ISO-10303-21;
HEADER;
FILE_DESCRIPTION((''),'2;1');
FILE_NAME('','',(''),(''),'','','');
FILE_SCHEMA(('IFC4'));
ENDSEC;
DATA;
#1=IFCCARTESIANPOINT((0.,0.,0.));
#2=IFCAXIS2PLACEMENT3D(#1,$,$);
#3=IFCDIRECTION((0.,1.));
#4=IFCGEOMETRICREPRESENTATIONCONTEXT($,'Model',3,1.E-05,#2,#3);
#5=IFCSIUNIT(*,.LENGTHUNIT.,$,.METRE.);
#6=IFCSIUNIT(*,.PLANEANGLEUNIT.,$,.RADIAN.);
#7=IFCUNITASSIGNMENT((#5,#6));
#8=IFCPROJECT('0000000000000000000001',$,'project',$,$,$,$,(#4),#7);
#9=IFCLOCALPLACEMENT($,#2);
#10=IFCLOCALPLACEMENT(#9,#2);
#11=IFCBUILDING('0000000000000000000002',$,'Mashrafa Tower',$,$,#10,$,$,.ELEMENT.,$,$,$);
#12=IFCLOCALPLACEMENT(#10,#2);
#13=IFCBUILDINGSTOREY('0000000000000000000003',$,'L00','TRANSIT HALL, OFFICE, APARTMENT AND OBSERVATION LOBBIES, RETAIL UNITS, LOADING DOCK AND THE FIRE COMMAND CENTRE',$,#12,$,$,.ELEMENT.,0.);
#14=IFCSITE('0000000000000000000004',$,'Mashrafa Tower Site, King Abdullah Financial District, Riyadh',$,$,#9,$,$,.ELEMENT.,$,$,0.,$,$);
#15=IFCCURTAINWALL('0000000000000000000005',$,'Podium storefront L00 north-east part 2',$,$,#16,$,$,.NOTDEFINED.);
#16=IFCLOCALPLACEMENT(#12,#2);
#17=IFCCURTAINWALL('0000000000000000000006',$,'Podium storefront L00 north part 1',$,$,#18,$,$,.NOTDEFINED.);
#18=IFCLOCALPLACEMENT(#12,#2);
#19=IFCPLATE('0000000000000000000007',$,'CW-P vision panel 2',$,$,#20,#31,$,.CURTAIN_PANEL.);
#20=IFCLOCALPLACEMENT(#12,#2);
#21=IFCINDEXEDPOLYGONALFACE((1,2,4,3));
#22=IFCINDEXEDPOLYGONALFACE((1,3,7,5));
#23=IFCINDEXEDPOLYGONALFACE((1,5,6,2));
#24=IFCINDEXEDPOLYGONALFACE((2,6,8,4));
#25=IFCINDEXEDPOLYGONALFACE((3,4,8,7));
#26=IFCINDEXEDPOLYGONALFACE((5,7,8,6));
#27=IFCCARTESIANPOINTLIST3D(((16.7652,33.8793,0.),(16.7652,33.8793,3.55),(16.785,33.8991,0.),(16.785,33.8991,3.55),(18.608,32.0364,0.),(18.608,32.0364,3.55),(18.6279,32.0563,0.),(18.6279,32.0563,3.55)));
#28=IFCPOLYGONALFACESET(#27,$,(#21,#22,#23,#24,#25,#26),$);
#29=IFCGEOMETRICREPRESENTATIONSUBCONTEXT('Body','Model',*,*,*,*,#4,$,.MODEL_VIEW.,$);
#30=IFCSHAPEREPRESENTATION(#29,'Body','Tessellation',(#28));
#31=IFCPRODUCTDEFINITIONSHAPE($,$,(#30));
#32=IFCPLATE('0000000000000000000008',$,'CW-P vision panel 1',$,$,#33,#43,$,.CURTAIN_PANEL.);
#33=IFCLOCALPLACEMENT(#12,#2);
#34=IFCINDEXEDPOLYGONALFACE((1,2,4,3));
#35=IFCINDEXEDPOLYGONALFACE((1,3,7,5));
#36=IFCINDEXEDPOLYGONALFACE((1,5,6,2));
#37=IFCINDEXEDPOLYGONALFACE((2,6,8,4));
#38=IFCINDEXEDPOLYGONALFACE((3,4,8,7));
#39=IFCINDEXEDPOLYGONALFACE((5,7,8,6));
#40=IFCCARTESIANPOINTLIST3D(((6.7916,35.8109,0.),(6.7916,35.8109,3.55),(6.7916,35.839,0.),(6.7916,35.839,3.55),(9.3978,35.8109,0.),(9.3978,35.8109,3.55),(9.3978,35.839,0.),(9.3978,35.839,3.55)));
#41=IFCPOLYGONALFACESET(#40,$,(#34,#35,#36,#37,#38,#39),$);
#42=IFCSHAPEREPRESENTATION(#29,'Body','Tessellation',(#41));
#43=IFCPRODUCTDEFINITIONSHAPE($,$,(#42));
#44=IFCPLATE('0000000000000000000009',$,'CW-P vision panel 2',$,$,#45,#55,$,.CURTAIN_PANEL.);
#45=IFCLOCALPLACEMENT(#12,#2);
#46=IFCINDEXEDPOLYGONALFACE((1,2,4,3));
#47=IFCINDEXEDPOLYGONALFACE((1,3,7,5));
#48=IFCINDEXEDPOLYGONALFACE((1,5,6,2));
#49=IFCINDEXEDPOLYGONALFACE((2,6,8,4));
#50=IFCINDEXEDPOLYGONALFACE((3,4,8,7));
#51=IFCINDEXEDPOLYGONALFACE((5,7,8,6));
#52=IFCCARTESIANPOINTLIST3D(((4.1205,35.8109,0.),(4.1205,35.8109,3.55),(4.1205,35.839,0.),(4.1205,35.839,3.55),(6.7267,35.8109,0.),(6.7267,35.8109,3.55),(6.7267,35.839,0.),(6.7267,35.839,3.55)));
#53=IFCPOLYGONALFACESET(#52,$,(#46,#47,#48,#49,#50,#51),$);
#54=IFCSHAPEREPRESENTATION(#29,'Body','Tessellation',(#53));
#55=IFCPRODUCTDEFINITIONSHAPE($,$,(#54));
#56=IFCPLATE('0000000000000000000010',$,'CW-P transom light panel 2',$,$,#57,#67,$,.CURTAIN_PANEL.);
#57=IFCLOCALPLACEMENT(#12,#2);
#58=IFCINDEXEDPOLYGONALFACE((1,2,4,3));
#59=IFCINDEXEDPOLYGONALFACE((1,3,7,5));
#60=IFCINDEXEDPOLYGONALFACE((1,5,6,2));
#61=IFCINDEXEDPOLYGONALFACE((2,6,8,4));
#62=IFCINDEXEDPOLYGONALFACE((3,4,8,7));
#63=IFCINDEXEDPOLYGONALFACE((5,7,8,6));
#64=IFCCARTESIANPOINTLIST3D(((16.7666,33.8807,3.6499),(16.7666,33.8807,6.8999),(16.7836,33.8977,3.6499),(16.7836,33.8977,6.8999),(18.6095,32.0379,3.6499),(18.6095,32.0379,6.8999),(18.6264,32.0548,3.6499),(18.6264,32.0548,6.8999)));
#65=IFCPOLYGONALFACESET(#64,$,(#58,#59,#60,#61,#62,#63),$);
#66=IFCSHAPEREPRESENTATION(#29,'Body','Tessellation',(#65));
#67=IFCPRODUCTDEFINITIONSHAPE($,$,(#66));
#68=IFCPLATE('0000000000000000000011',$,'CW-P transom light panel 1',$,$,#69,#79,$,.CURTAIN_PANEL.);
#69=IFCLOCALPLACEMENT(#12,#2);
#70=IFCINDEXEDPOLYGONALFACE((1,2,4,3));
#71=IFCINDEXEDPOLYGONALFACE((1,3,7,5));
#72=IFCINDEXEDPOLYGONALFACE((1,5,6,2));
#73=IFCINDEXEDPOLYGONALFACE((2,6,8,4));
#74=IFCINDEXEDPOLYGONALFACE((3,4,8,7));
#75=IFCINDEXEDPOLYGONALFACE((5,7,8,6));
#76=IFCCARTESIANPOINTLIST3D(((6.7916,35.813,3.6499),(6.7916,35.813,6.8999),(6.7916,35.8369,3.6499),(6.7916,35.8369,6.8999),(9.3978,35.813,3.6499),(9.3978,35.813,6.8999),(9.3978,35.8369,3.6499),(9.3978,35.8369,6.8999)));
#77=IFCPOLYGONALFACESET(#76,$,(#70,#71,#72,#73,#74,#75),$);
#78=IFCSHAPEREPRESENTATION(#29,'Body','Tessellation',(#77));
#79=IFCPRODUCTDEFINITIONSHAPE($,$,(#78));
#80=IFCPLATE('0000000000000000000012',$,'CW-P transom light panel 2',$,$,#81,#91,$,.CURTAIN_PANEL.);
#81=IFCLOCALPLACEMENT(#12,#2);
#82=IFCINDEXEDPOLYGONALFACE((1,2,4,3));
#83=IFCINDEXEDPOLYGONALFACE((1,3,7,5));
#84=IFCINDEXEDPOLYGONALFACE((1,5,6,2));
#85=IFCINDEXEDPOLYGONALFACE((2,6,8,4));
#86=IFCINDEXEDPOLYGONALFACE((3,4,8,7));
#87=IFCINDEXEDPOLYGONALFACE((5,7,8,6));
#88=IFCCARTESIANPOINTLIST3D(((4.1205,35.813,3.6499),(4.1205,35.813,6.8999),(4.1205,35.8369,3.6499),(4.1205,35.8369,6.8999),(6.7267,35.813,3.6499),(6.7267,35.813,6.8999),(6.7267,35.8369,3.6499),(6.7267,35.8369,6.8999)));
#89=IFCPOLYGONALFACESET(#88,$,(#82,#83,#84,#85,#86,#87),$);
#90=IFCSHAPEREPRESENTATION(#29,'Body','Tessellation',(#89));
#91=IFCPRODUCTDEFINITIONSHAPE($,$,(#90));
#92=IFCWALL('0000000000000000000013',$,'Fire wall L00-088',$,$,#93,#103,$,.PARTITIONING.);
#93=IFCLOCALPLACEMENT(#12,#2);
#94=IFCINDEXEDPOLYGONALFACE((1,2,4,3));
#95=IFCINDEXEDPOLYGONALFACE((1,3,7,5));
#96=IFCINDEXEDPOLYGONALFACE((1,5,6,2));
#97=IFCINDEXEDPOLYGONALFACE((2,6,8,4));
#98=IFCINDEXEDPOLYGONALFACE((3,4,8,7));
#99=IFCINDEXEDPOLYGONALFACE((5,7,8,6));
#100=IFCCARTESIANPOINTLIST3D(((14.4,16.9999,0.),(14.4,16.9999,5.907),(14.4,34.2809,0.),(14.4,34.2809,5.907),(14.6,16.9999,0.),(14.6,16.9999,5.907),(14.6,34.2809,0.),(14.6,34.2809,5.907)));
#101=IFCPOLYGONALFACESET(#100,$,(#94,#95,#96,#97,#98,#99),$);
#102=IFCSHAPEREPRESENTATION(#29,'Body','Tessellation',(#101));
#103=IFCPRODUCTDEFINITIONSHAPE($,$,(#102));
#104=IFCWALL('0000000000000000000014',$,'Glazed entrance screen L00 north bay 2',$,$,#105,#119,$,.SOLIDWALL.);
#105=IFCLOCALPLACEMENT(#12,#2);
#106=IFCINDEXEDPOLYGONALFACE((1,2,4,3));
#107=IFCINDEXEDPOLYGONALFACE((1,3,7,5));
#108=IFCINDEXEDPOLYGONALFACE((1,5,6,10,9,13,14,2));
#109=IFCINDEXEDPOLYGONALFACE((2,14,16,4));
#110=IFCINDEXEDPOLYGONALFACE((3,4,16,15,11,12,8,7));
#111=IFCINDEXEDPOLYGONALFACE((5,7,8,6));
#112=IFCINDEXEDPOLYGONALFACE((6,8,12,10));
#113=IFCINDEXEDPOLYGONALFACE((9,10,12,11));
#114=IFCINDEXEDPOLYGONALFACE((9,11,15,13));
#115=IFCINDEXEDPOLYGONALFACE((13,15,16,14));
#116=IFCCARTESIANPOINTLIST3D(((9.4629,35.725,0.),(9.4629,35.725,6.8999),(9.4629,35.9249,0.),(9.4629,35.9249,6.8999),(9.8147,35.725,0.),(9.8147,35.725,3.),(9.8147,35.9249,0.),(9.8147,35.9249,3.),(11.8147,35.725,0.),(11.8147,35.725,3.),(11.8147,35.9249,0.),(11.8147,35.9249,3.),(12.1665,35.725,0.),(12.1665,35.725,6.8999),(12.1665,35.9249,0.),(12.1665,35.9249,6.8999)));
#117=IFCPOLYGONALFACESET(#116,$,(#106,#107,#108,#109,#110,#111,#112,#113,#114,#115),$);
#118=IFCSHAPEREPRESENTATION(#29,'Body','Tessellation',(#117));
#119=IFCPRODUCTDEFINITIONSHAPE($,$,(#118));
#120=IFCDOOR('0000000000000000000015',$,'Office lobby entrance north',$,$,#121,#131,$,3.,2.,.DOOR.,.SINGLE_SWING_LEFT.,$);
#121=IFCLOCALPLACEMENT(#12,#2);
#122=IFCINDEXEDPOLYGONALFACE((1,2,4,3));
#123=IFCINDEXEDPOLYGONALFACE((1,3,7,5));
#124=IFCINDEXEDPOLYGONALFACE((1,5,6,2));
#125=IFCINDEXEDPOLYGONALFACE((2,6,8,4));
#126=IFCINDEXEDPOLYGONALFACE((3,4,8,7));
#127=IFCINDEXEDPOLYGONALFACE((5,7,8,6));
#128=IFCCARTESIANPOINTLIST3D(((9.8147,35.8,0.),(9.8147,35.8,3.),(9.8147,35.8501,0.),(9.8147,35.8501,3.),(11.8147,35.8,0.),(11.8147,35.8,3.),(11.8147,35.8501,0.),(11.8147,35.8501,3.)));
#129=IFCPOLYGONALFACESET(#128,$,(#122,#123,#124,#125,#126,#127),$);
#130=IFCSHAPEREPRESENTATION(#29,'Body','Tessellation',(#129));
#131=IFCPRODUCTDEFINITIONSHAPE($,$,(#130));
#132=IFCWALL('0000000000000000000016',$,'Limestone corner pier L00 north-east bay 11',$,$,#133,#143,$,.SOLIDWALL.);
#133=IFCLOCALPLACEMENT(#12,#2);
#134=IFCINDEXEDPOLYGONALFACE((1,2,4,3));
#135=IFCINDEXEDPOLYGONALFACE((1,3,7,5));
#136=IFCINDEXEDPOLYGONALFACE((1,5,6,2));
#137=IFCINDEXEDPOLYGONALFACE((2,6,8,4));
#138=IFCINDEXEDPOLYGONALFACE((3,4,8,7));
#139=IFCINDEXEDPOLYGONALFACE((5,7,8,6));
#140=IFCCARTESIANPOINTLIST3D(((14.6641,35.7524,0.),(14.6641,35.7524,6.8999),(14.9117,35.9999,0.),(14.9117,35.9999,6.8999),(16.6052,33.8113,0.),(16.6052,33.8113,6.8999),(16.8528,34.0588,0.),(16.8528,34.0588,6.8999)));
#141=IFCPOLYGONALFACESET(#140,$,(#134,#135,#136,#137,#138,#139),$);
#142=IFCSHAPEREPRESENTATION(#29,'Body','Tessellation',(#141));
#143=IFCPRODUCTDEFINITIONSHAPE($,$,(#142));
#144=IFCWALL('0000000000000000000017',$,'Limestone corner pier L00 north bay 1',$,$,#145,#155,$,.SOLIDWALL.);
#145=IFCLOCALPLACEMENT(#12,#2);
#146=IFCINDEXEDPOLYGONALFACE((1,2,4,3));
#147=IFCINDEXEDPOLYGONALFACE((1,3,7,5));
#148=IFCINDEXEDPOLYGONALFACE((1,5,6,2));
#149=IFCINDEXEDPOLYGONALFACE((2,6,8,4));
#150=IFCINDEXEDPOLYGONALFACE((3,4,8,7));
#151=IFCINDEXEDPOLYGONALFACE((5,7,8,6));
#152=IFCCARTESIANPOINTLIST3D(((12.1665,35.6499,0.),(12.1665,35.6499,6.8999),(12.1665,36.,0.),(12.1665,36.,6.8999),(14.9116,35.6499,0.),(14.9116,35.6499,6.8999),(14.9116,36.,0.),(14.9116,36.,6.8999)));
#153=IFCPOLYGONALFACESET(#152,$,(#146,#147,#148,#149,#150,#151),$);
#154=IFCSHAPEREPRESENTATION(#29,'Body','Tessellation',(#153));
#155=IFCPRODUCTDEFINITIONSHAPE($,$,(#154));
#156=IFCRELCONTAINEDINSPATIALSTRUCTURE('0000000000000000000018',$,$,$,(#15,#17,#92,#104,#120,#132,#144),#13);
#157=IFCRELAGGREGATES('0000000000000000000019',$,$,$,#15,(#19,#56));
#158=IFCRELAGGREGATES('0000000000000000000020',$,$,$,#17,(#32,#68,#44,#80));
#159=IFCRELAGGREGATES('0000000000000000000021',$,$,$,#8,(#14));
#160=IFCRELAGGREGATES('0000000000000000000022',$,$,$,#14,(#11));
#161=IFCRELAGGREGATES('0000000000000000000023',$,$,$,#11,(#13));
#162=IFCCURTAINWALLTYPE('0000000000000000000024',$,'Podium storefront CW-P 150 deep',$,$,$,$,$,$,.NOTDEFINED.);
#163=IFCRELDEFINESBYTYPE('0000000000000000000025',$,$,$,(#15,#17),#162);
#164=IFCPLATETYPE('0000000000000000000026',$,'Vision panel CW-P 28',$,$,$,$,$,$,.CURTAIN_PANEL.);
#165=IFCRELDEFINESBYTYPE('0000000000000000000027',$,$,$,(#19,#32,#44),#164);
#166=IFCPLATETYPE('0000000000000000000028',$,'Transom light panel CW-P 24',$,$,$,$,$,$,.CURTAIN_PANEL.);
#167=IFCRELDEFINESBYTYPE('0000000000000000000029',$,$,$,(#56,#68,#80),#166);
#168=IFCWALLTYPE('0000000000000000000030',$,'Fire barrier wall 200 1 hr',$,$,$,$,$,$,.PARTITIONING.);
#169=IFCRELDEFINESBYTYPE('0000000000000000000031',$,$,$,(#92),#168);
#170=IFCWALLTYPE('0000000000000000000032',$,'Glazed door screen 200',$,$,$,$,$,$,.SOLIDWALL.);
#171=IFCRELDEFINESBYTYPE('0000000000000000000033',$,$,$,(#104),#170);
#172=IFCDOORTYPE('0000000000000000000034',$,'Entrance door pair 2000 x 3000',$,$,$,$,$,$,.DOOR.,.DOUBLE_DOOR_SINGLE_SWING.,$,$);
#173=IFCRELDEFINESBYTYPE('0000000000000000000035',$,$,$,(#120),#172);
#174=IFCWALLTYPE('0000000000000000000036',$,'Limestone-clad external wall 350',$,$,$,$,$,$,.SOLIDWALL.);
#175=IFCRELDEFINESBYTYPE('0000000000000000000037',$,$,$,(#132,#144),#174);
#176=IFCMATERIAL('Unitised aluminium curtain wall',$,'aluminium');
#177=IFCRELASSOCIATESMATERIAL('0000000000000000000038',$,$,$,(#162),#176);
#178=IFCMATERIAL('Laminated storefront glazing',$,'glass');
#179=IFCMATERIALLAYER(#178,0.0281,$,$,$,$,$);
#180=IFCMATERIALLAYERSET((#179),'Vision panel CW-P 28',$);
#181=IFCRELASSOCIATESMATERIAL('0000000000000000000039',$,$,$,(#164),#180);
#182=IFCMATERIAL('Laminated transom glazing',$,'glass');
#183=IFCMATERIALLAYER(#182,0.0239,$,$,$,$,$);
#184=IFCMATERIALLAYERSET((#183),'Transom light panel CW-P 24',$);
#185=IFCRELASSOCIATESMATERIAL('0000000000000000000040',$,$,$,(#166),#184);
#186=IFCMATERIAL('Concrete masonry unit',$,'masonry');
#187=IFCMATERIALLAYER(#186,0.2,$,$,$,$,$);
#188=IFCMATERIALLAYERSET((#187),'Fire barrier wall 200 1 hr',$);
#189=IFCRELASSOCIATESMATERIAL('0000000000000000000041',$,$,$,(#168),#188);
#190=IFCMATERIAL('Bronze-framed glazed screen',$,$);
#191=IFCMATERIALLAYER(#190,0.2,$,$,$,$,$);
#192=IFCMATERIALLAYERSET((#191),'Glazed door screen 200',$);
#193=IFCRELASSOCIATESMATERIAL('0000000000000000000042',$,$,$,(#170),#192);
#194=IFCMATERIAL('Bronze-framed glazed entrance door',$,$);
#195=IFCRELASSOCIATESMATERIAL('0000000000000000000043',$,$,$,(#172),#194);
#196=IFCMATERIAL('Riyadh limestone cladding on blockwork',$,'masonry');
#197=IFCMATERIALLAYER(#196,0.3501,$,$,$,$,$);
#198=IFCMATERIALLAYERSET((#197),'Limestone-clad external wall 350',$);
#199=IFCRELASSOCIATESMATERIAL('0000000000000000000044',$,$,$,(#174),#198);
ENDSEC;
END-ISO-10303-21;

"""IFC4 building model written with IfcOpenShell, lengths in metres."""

from ifc_helpers import new_model, si_unit, direction, frame, frame_2d, origin, origin_2d, place, context, subcontext, project, spatial, rectangle, extrude, source, transform, mapped, material, layer, layer_set, type_object, type_shapes, element, fill, aggregate, save


model = new_model("IFC4")

# Units and contexts
model_context = context("Model", 3, precision=1e-05, world=origin(), true_north=direction((0.0, 1.0)))
body_context = subcontext(model_context, "Body", "Model", "MODEL_VIEW")
ifc_project = project(units=[si_unit("LENGTHUNIT", "METRE"), si_unit("PLANEANGLEUNIT", "RADIAN")], contexts=[model_context])

# Site, building, storey
site_placement = place(None, origin())
site = spatial("IfcSite", under=ifc_project, at=site_placement, Name="Mashrafa Tower Site, King Abdullah Financial District, Riyadh", CompositionType="ELEMENT", RefElevation=0.0)
building_placement = place(site_placement, origin())
building = spatial("IfcBuilding", under=site, at=building_placement, Name="Mashrafa Tower", CompositionType="ELEMENT")
storey_placement = place(building_placement, origin())
storey = spatial("IfcBuildingStorey", under=building, at=storey_placement, Name="L00", Description="TRANSIT HALL, OFFICE, APARTMENT AND OBSERVATION LOBBIES, RETAIL UNITS, LOADING DOCK AND THE FIRE COMMAND CENTRE", CompositionType="ELEMENT", Elevation=0.0)

# Curtain walls
ifc_material_1 = material(Name="Unitised aluminium curtain wall", Category="aluminium")
curtain_wall_type = type_object("IfcCurtainWallType", Name="Podium storefront CW-P 150 deep", PredefinedType="NOTDEFINED", material=ifc_material_1)
curtain_wall_1_placement = place(storey_placement, origin())
curtain_wall_1 = element("IfcCurtainWall", 1, at=curtain_wall_1_placement, inside=storey, type_object=curtain_wall_type, Name="Podium storefront L00 north-east part 2", PredefinedType="NOTDEFINED")
curtain_wall_2_placement = place(storey_placement, origin())
curtain_wall_2 = element("IfcCurtainWall", 2, at=curtain_wall_2_placement, inside=storey, type_object=curtain_wall_type, Name="Podium storefront L00 north part 1", PredefinedType="NOTDEFINED")

# Plates
ifc_material_2 = material(Name="Laminated storefront glazing", Category="glass")
ifc_layer_1 = layer(ifc_material_2, 0.0281)
ifc_layer_set_1 = layer_set([ifc_layer_1], Name="Vision panel CW-P 28")
plate_type_1 = type_object("IfcPlateType", Name="Vision panel CW-P 28", PredefinedType="CURTAIN_PANEL", material=ifc_layer_set_1)
shared_shape_1 = source(origin(), body_context, "Body", "SweptSolid", [
    extrude(rectangle(XDim=2.6062, YDim=0.0281, at=origin_2d()), origin(), (0.0, 0.0, 1.0), 3.55),
])
type_shapes(plate_type_1, [shared_shape_1])
plate_1_placement = place(storey_placement, frame((17.6965, 32.9678, 0.0), z_axis=(0.0, 0.0, 1.0), x_axis=(-0.707107, 0.707107, 0.0)))
plate_1 = element("IfcPlate", 3, at=plate_1_placement, type_object=plate_type_1, Name="CW-P vision panel 2", PredefinedType="CURTAIN_PANEL", context=body_context, shape_type="MappedRepresentation", body=[
    mapped(shared_shape_1, transform((0.0, 0.0, 0.0))),
])
plate_2_placement = place(storey_placement, frame((8.0947, 35.825, 0.0), z_axis=(0.0, 0.0, 1.0), x_axis=(-1.0, 0.0, 0.0)))
plate_2 = element("IfcPlate", 4, at=plate_2_placement, type_object=plate_type_1, Name="CW-P vision panel 1", PredefinedType="CURTAIN_PANEL", context=body_context, shape_type="MappedRepresentation", body=[
    mapped(shared_shape_1, transform((0.0, 0.0, 0.0))),
])
plate_3_placement = place(storey_placement, frame((5.4236, 35.825, 0.0), z_axis=(0.0, 0.0, 1.0), x_axis=(-1.0, 0.0, 0.0)))
plate_3 = element("IfcPlate", 5, at=plate_3_placement, type_object=plate_type_1, Name="CW-P vision panel 2", PredefinedType="CURTAIN_PANEL", context=body_context, shape_type="MappedRepresentation", body=[
    mapped(shared_shape_1, transform((0.0, 0.0, 0.0))),
])
ifc_material_3 = material(Name="Laminated transom glazing", Category="glass")
ifc_layer_2 = layer(ifc_material_3, 0.0239)
ifc_layer_set_2 = layer_set([ifc_layer_2], Name="Transom light panel CW-P 24")
plate_type_2 = type_object("IfcPlateType", Name="Transom light panel CW-P 24", PredefinedType="CURTAIN_PANEL", material=ifc_layer_set_2)
shared_shape_2 = source(origin(), body_context, "Body", "SweptSolid", [
    extrude(rectangle(XDim=2.6062, YDim=0.0239, at=origin_2d()), origin(), (0.0, 0.0, 1.0), 3.25),
])
type_shapes(plate_type_2, [shared_shape_2])
plate_4_placement = place(storey_placement, frame((17.6965, 32.9678, 3.6499), z_axis=(0.0, 0.0, 1.0), x_axis=(-0.707107, 0.707107, 0.0)))
plate_4 = element("IfcPlate", 6, at=plate_4_placement, type_object=plate_type_2, Name="CW-P transom light panel 2", PredefinedType="CURTAIN_PANEL", context=body_context, shape_type="MappedRepresentation", body=[
    mapped(shared_shape_2, transform((0.0, 0.0, 0.0))),
])
aggregate(curtain_wall_1, [plate_1, plate_4])
plate_5_placement = place(storey_placement, frame((8.0947, 35.825, 3.6499), z_axis=(0.0, 0.0, 1.0), x_axis=(-1.0, 0.0, 0.0)))
plate_5 = element("IfcPlate", 7, at=plate_5_placement, type_object=plate_type_2, Name="CW-P transom light panel 1", PredefinedType="CURTAIN_PANEL", context=body_context, shape_type="MappedRepresentation", body=[
    mapped(shared_shape_2, transform((0.0, 0.0, 0.0))),
])
plate_6_placement = place(storey_placement, frame((5.4236, 35.825, 3.6499), z_axis=(0.0, 0.0, 1.0), x_axis=(-1.0, 0.0, 0.0)))
plate_6 = element("IfcPlate", 8, at=plate_6_placement, type_object=plate_type_2, Name="CW-P transom light panel 2", PredefinedType="CURTAIN_PANEL", context=body_context, shape_type="MappedRepresentation", body=[
    mapped(shared_shape_2, transform((0.0, 0.0, 0.0))),
])
aggregate(curtain_wall_2, [plate_2, plate_5, plate_3, plate_6])

# Wall
ifc_material_4 = material(Name="Concrete masonry unit", Category="masonry")
ifc_layer_3 = layer(ifc_material_4, 0.2)
ifc_layer_set_3 = layer_set([ifc_layer_3], Name="Fire barrier wall 200 1 hr")
wall_type_1 = type_object("IfcWallType", Name="Fire barrier wall 200 1 hr", PredefinedType="PARTITIONING", material=ifc_layer_set_3)
wall_1_placement = place(storey_placement, frame((14.5, 34.281, 0.0), z_axis=(0.0, 0.0, 1.0), x_axis=(0.0, -1.0, 0.0)))
element("IfcWall", 9, at=wall_1_placement, inside=storey, type_object=wall_type_1, Name="Fire wall L00-088", PredefinedType="PARTITIONING", context=body_context, shape_type="SweptSolid", body=[
    extrude(rectangle(XDim=17.281, YDim=0.2, at=frame_2d((8.6406, 0.0))), origin(), (0.0, 0.0, 1.0), 5.907),
])

# Wall, opening, door
ifc_material_5 = material(Name="Bronze-framed glazed screen")
ifc_layer_4 = layer(ifc_material_5, 0.2)
ifc_layer_set_4 = layer_set([ifc_layer_4], Name="Glazed door screen 200")
wall_type_2 = type_object("IfcWallType", Name="Glazed door screen 200", PredefinedType="SOLIDWALL", material=ifc_layer_set_4)
wall_2_placement = place(storey_placement, frame((12.1665, 35.825, 0.0), z_axis=(0.0, 0.0, 1.0), x_axis=(-1.0, 0.0, 0.0)))
wall_2 = element("IfcWall", 10, at=wall_2_placement, inside=storey, type_object=wall_type_2, Name="Glazed entrance screen L00 north bay 2", PredefinedType="SOLIDWALL", context=body_context, shape_type="SweptSolid", body=[
    extrude(rectangle(XDim=2.7036, YDim=0.2, at=frame_2d((1.3518, 0.0))), origin(), (0.0, 0.0, 1.0), 6.8999),
])
opening_1_placement = place(wall_2_placement, frame((0.3518, 0.0, 0.0)))
opening_1 = element("IfcOpeningElement", 11, at=opening_1_placement, cuts=wall_2, PredefinedType="OPENING", context=body_context, shape_type="SweptSolid", body=[
    extrude(rectangle(XDim=2.0, YDim=3.0, at=frame_2d((1.0, 1.5))), frame((0.0, 0.1099, 0.0), z_axis=(0.0, -1.0, 0.0), x_axis=(1.0, 0.0, 0.0)), (0.0, 0.0, 1.0), 0.22),
])
ifc_material_6 = material(Name="Bronze-framed glazed entrance door")
door_type_1 = type_object("IfcDoorType", Name="Entrance door pair 2000 x 3000", OperationType="DOUBLE_DOOR_SINGLE_SWING", PredefinedType="DOOR", material=ifc_material_6)
door_1_placement = place(opening_1_placement, origin())
door_1 = element("IfcDoor", 12, at=door_1_placement, inside=storey, type_object=door_type_1, Name="Office lobby entrance north", OperationType="SINGLE_SWING_LEFT", OverallHeight=3.0, OverallWidth=2.0, PredefinedType="DOOR", context=body_context, shape_type="SweptSolid", body=[
    extrude(rectangle(XDim=2.0, YDim=3.0, at=frame_2d((1.0, 1.5))), frame((0.0, 0.0249, 0.0), z_axis=(0.0, -1.0, 0.0), x_axis=(1.0, 0.0, 0.0)), (0.0, 0.0, 1.0), 0.05),
])
fill(opening_1, door_1)

# Walls
ifc_material_7 = material(Name="Riyadh limestone cladding on blockwork", Category="masonry")
ifc_layer_5 = layer(ifc_material_7, 0.3501)
ifc_layer_set_5 = layer_set([ifc_layer_5], Name="Limestone-clad external wall 350")
wall_type_3 = type_object("IfcWallType", Name="Limestone-clad external wall 350", PredefinedType="SOLIDWALL", material=ifc_layer_set_5)
for number, where, z_axis, x_axis, name in (
    (13, (16.729, 33.9351, 0.0), (0.0, 0.0, 1.0), (-0.707107, 0.707107, 0.0), "Limestone corner pier L00 north-east bay 11"),
    (14, (14.9116, 35.825, 0.0), (0.0, 0.0, 1.0), (-1.0, 0.0, 0.0), "Limestone corner pier L00 north bay 1"),
):
    element("IfcWall", number, at=place(storey_placement, frame(where, z_axis=z_axis, x_axis=x_axis)), inside=storey, type_object=wall_type_3, Name=name, PredefinedType="SOLIDWALL", context=body_context, shape_type="SweptSolid", body=[
        extrude(rectangle(XDim=2.7451, YDim=0.3501, at=frame_2d((1.3726, 0.0))), origin(), (0.0, 0.0, 1.0), 6.8999),
    ])

save(model, "model.ifc")
